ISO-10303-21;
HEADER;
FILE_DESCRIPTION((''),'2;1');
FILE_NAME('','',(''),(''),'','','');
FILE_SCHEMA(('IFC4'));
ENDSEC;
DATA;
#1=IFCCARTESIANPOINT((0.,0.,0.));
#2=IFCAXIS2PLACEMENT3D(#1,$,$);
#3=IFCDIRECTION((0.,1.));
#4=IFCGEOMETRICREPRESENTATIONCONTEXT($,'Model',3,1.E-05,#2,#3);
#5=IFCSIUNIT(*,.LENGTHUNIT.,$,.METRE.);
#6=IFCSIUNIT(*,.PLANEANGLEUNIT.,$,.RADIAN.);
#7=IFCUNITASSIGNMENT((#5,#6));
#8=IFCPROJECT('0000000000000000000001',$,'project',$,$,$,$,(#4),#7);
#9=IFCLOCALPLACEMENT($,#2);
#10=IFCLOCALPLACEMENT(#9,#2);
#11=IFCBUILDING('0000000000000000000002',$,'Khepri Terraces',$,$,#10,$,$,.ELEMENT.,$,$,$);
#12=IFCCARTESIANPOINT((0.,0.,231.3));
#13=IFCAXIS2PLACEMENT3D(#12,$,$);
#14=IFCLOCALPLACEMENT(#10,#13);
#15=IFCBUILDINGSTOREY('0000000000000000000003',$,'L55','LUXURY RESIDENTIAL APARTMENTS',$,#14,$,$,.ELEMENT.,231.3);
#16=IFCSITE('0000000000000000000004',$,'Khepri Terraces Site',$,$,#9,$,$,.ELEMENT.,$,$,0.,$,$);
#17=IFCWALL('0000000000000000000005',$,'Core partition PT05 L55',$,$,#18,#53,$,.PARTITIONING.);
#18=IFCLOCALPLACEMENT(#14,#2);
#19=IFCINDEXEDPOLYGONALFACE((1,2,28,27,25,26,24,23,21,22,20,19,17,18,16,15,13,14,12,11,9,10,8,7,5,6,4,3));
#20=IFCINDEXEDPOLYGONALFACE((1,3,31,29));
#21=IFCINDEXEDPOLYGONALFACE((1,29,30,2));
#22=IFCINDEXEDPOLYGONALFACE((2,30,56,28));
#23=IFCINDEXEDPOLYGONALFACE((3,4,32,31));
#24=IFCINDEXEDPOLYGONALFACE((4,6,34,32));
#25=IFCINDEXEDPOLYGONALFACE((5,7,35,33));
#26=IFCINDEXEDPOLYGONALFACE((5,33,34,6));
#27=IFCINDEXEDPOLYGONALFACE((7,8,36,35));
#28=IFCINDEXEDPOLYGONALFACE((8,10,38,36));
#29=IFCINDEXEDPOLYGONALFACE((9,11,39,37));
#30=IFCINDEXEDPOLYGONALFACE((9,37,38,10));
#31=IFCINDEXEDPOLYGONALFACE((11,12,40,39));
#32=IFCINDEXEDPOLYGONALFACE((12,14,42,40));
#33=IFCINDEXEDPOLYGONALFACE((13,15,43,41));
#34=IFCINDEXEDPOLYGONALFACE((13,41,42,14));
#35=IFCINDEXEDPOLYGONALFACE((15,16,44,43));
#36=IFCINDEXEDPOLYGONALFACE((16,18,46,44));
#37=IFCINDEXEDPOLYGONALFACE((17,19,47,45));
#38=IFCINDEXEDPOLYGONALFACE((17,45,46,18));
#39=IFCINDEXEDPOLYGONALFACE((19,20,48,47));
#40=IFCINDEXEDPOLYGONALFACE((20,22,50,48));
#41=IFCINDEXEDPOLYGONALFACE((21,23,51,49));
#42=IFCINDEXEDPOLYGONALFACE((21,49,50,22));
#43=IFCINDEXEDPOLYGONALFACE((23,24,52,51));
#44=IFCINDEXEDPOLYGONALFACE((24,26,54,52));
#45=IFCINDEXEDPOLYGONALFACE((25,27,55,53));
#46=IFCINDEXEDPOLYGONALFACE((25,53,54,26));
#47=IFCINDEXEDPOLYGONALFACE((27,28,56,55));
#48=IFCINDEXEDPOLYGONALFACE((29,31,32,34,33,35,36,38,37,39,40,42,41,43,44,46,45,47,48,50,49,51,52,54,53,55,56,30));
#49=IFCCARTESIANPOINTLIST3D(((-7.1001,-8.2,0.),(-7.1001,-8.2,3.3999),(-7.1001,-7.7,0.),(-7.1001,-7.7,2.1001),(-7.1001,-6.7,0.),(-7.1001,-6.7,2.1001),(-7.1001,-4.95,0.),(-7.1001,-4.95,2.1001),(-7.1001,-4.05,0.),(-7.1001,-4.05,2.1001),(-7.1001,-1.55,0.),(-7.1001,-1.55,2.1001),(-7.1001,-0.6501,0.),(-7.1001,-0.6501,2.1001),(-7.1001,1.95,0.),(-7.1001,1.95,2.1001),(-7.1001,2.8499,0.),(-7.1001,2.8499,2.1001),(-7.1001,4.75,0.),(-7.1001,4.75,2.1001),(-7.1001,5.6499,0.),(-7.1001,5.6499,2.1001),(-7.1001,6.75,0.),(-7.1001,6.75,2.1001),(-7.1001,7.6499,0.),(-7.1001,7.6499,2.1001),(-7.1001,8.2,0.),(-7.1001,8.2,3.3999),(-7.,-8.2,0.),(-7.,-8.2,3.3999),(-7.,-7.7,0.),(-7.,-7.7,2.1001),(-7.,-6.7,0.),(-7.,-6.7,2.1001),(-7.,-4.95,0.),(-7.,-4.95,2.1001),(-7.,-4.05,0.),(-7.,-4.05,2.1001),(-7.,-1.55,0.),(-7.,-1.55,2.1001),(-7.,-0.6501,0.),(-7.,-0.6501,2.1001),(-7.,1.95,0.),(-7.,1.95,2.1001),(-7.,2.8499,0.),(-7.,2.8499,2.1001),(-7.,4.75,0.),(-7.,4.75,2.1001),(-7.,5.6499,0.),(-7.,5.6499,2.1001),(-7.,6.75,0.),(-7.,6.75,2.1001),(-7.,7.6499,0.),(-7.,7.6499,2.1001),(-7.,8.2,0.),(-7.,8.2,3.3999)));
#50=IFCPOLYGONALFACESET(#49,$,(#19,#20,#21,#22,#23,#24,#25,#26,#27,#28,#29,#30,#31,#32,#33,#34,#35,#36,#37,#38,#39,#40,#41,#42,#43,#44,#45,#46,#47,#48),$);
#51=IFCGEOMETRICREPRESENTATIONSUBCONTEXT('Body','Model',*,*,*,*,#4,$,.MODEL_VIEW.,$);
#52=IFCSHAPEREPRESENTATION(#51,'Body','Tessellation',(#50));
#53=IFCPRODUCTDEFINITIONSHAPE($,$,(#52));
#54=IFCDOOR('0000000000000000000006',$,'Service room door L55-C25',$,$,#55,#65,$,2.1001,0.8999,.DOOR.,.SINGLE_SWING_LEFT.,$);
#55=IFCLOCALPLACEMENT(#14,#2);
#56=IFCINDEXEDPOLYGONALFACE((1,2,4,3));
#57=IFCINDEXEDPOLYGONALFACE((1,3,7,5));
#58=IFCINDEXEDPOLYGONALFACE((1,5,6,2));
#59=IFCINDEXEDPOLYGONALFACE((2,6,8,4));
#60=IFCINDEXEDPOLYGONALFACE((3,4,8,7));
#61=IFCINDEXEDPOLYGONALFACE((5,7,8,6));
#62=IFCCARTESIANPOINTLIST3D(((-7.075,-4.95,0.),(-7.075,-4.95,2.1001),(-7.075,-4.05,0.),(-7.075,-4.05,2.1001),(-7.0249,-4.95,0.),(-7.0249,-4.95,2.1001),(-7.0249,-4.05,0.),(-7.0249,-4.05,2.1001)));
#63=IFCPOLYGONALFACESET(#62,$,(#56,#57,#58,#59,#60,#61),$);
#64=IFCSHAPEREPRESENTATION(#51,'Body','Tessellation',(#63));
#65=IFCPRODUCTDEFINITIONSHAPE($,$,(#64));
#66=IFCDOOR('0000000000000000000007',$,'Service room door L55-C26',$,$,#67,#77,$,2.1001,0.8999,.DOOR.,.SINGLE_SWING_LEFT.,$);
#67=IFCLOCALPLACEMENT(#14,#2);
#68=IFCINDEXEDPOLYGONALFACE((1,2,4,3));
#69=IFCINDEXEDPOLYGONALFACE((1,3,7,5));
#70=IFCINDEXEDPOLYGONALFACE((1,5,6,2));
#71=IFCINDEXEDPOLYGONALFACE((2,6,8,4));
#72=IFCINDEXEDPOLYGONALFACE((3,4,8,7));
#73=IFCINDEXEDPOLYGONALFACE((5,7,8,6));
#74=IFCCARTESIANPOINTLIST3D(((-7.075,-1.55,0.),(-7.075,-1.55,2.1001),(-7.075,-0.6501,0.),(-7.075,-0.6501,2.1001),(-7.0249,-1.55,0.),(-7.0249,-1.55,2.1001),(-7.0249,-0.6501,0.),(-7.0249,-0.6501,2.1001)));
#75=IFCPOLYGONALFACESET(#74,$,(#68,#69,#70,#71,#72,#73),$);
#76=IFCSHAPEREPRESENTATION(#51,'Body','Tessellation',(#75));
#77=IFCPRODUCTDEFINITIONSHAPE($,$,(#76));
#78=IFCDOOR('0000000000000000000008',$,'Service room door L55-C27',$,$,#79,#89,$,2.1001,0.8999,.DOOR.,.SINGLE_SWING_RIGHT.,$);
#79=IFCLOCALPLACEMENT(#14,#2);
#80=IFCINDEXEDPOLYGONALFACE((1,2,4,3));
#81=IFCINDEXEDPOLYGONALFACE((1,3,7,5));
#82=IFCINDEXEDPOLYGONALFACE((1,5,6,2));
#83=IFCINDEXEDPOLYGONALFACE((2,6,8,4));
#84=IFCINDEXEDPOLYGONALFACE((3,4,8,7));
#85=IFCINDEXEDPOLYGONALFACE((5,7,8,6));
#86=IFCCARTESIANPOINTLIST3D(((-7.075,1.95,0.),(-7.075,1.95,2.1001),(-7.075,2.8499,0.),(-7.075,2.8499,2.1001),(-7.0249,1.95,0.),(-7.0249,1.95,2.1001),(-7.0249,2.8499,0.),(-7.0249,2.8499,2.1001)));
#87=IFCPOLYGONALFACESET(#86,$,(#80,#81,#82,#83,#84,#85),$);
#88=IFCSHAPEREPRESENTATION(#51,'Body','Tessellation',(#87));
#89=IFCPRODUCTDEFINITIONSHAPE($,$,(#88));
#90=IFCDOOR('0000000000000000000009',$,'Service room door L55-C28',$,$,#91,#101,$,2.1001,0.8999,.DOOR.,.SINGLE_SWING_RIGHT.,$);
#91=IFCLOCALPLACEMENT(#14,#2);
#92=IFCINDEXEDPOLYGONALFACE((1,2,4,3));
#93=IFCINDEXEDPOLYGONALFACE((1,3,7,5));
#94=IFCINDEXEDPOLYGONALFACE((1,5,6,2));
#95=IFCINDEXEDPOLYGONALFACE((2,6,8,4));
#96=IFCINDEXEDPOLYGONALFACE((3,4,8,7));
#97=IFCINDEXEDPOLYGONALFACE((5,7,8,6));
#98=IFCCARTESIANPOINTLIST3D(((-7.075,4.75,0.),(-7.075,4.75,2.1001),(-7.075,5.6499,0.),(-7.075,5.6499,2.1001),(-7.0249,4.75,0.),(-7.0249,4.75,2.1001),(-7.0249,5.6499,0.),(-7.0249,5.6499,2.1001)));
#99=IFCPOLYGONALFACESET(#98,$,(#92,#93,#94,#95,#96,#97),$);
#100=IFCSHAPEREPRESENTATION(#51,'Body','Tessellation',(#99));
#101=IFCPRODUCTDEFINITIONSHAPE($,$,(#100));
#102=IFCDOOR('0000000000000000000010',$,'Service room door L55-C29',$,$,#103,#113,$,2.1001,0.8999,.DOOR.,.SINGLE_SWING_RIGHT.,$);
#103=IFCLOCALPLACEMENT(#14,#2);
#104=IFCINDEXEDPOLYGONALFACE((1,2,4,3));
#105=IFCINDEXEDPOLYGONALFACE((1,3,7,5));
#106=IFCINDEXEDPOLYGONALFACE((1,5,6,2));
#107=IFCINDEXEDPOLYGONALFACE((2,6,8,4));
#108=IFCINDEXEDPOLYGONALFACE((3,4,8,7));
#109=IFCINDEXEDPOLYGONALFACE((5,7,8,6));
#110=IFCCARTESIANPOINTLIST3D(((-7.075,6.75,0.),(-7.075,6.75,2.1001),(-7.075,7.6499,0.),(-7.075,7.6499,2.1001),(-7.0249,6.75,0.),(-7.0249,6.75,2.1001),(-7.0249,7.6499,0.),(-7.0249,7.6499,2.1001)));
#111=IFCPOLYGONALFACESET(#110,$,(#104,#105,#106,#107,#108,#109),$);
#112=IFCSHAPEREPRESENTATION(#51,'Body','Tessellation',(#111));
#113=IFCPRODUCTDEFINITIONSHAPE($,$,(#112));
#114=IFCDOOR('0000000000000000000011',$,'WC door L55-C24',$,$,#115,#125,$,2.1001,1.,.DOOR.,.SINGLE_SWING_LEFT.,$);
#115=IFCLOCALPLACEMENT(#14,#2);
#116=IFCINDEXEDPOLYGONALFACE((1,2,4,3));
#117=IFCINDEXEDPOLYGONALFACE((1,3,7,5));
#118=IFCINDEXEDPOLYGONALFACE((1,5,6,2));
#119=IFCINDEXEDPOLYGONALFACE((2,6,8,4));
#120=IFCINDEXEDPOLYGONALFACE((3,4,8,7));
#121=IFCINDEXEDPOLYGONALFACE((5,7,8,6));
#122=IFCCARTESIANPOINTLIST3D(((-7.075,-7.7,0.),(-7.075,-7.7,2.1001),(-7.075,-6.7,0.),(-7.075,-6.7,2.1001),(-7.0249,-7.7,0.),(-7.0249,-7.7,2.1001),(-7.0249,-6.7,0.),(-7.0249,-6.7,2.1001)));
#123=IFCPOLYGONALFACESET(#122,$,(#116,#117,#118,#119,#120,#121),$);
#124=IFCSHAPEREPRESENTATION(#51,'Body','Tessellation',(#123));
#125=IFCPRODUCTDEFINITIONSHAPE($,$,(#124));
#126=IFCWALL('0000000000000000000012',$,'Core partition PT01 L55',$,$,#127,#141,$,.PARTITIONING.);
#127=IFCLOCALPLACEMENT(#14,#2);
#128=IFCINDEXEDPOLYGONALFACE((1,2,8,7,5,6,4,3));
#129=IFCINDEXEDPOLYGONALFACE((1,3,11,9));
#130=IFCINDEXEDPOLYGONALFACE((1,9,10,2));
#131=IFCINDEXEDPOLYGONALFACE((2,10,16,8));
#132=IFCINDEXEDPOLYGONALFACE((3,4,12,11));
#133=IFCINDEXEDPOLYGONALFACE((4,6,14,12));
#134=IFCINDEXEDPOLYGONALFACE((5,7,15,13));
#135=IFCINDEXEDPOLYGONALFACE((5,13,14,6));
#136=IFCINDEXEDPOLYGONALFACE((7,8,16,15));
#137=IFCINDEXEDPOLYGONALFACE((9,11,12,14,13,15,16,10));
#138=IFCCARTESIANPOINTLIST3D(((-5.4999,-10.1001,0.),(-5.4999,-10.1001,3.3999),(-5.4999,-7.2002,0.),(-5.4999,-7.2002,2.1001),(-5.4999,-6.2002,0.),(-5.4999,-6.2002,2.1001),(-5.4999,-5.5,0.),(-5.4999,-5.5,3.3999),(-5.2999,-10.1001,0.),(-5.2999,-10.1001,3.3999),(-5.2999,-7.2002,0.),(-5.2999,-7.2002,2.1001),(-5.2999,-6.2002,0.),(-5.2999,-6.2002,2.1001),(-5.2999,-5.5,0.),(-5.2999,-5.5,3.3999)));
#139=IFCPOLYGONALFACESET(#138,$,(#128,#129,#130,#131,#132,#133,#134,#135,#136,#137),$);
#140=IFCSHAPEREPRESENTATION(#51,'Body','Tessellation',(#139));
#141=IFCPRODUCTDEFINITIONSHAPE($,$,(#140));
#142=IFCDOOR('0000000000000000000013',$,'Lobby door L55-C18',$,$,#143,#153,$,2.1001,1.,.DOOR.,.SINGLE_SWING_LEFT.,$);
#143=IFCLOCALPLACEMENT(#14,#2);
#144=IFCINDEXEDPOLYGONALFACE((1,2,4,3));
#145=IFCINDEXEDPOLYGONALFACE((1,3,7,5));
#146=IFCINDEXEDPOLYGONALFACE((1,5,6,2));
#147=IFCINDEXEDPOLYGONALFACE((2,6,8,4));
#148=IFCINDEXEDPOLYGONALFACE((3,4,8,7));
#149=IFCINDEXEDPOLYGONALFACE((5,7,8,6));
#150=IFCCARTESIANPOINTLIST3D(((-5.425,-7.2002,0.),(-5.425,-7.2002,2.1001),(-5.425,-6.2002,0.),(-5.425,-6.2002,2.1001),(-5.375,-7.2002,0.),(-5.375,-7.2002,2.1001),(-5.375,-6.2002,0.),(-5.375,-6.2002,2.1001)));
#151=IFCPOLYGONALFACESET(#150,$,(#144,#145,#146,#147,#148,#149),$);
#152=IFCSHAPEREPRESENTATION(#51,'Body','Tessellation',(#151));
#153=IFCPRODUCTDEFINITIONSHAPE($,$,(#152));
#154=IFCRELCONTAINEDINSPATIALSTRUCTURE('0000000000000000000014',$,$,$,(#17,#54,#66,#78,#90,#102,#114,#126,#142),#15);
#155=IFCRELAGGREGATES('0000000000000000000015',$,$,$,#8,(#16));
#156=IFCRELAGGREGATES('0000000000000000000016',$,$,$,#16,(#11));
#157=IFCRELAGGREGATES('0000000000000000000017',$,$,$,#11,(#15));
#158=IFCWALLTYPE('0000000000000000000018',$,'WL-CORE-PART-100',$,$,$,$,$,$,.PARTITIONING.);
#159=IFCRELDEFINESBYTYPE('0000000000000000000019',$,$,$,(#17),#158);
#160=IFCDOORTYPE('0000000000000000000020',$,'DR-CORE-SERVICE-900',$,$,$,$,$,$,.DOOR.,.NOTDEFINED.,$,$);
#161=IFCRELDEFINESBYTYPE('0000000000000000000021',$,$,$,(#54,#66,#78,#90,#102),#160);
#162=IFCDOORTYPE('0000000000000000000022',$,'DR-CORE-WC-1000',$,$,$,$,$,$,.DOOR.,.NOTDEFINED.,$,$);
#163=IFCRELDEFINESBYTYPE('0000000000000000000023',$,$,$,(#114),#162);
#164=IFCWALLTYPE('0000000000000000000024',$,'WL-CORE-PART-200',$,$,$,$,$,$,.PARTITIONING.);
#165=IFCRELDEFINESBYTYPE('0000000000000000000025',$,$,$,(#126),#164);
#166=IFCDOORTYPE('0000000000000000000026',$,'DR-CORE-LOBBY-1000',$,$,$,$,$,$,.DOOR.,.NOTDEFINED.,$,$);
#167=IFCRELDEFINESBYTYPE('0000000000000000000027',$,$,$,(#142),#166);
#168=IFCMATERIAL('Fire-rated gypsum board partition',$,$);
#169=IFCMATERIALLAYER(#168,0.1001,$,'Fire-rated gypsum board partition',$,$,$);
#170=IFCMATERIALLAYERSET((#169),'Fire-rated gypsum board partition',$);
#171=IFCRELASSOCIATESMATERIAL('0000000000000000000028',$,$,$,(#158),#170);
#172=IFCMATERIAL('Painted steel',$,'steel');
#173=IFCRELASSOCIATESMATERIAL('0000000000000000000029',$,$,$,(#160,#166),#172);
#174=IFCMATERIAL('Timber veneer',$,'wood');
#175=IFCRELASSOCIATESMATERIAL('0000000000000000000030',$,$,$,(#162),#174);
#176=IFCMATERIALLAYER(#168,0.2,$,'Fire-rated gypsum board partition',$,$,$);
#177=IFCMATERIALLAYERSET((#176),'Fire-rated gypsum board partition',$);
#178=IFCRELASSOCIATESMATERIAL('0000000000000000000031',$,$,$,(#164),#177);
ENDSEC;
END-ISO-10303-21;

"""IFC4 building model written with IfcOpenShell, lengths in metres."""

from ifc_helpers import new_model, si_unit, direction, frame, frame_2d, origin, place, context, subcontext, project, spatial, rectangle, extrude, material, layer, layer_set, type_object, element, fill, save


model = new_model("IFC4")

# Units and contexts
model_context = context("Model", 3, precision=1e-05, world=origin(), true_north=direction((0.0, 1.0)))
body_context = subcontext(model_context, "Body", "Model", "MODEL_VIEW")
ifc_project = project(units=[si_unit("LENGTHUNIT", "METRE"), si_unit("PLANEANGLEUNIT", "RADIAN")], contexts=[model_context])

# Site, building, storey
site_placement = place(None, origin())
site = spatial("IfcSite", under=ifc_project, at=site_placement, Name="Khepri Terraces Site", CompositionType="ELEMENT", RefElevation=0.0)
building_placement = place(site_placement, origin())
building = spatial("IfcBuilding", under=site, at=building_placement, Name="Khepri Terraces", CompositionType="ELEMENT")
storey_placement = place(building_placement, frame((0.0, 0.0, 231.3)))
storey = spatial("IfcBuildingStorey", under=building, at=storey_placement, Name="L55", Description="LUXURY RESIDENTIAL APARTMENTS", CompositionType="ELEMENT", Elevation=231.3)

# Shared definitions
ifc_material_1 = material(Name="Painted steel", Category="steel")

# Wall, openings, doors
ifc_material_2 = material(Name="Fire-rated gypsum board partition")
ifc_layer_1 = layer(ifc_material_2, 0.1001, Name="Fire-rated gypsum board partition")
ifc_layer_set_1 = layer_set([ifc_layer_1], Name="Fire-rated gypsum board partition")
wall_type_1 = type_object("IfcWallType", Name="WL-CORE-PART-100", PredefinedType="PARTITIONING", material=ifc_layer_set_1)
wall_1_placement = place(storey_placement, frame((-7.05, -8.2, 0.0), z_axis=(0.0, 0.0, 1.0), x_axis=(0.0, 1.0, 0.0)))
wall_1 = element("IfcWall", 1, at=wall_1_placement, inside=storey, type_object=wall_type_1, Name="Core partition PT05 L55", PredefinedType="PARTITIONING", context=body_context, shape_type="SweptSolid", body=[
    extrude(rectangle(XDim=16.3999, YDim=0.1001, at=frame_2d((8.2, 0.0))), origin(), (0.0, 0.0, 1.0), 3.3999),
])
opening_1_placement = place(wall_1_placement, frame((0.5, 0.0, 0.0)))
opening_1 = element("IfcOpeningElement", 2, at=opening_1_placement, cuts=wall_1, PredefinedType="OPENING", context=body_context, shape_type="SweptSolid", body=[
    extrude(rectangle(XDim=1.0, YDim=2.1001, at=frame_2d((0.5, 1.05))), frame((0.0, 0.0601, 0.0), z_axis=(0.0, -1.0, 0.0), x_axis=(1.0, 0.0, 0.0)), (0.0, 0.0, 1.0), 0.1201),
])
opening_2_placement = place(wall_1_placement, frame((3.25, 0.0, 0.0)))
opening_2 = element("IfcOpeningElement", 3, at=opening_2_placement, cuts=wall_1, PredefinedType="OPENING", context=body_context, shape_type="SweptSolid", body=[
    extrude(rectangle(XDim=0.8999, YDim=2.1001, at=frame_2d((0.45, 1.05))), frame((0.0, 0.0601, 0.0), z_axis=(0.0, -1.0, 0.0), x_axis=(1.0, 0.0, 0.0)), (0.0, 0.0, 1.0), 0.1201),
])
opening_3_placement = place(wall_1_placement, frame((6.6499, 0.0, 0.0)))
opening_3 = element("IfcOpeningElement", 4, at=opening_3_placement, cuts=wall_1, PredefinedType="OPENING", context=body_context, shape_type="SweptSolid", body=[
    extrude(rectangle(XDim=0.8999, YDim=2.1001, at=frame_2d((0.45, 1.05))), frame((0.0, 0.0601, 0.0), z_axis=(0.0, -1.0, 0.0), x_axis=(1.0, 0.0, 0.0)), (0.0, 0.0, 1.0), 0.1201),
])
opening_4_placement = place(wall_1_placement, frame((10.1499, 0.0, 0.0)))
opening_4 = element("IfcOpeningElement", 5, at=opening_4_placement, cuts=wall_1, PredefinedType="OPENING", context=body_context, shape_type="SweptSolid", body=[
    extrude(rectangle(XDim=0.8999, YDim=2.1001, at=frame_2d((0.45, 1.05))), frame((0.0, 0.0601, 0.0), z_axis=(0.0, -1.0, 0.0), x_axis=(1.0, 0.0, 0.0)), (0.0, 0.0, 1.0), 0.1201),
])
opening_5_placement = place(wall_1_placement, frame((12.95, 0.0, 0.0)))
opening_5 = element("IfcOpeningElement", 6, at=opening_5_placement, cuts=wall_1, PredefinedType="OPENING", context=body_context, shape_type="SweptSolid", body=[
    extrude(rectangle(XDim=0.8999, YDim=2.1001, at=frame_2d((0.45, 1.05))), frame((0.0, 0.0601, 0.0), z_axis=(0.0, -1.0, 0.0), x_axis=(1.0, 0.0, 0.0)), (0.0, 0.0, 1.0), 0.1201),
])
opening_6_placement = place(wall_1_placement, frame((14.95, 0.0, 0.0)))
opening_6 = element("IfcOpeningElement", 7, at=opening_6_placement, cuts=wall_1, PredefinedType="OPENING", context=body_context, shape_type="SweptSolid", body=[
    extrude(rectangle(XDim=0.8999, YDim=2.1001, at=frame_2d((0.45, 1.05))), frame((0.0, 0.0601, 0.0), z_axis=(0.0, -1.0, 0.0), x_axis=(1.0, 0.0, 0.0)), (0.0, 0.0, 1.0), 0.1201),
])
door_type_1 = type_object("IfcDoorType", Name="DR-CORE-SERVICE-900", OperationType="NOTDEFINED", PredefinedType="DOOR", material=ifc_material_1)
door_1_placement = place(opening_2_placement, origin())
door_1 = element("IfcDoor", 8, at=door_1_placement, inside=storey, type_object=door_type_1, Name="Service room door L55-C25", OperationType="SINGLE_SWING_LEFT", OverallHeight=2.1001, OverallWidth=0.8999, PredefinedType="DOOR", context=body_context, shape_type="SweptSolid", body=[
    extrude(rectangle(XDim=0.8999, YDim=2.1001, at=frame_2d((0.45, 1.05))), frame((0.0, 0.0249, 0.0), z_axis=(0.0, -1.0, 0.0), x_axis=(1.0, 0.0, 0.0)), (0.0, 0.0, 1.0), 0.05),
])
fill(opening_2, door_1)
door_2_placement = place(opening_3_placement, origin())
door_2 = element("IfcDoor", 9, at=door_2_placement, inside=storey, type_object=door_type_1, Name="Service room door L55-C26", OperationType="SINGLE_SWING_LEFT", OverallHeight=2.1001, OverallWidth=0.8999, PredefinedType="DOOR", context=body_context, shape_type="SweptSolid", body=[
    extrude(rectangle(XDim=0.8999, YDim=2.1001, at=frame_2d((0.45, 1.05))), frame((0.0, 0.0249, 0.0), z_axis=(0.0, -1.0, 0.0), x_axis=(1.0, 0.0, 0.0)), (0.0, 0.0, 1.0), 0.05),
])
fill(opening_3, door_2)
door_3_placement = place(opening_4_placement, origin())
door_3 = element("IfcDoor", 10, at=door_3_placement, inside=storey, type_object=door_type_1, Name="Service room door L55-C27", OperationType="SINGLE_SWING_RIGHT", OverallHeight=2.1001, OverallWidth=0.8999, PredefinedType="DOOR", context=body_context, shape_type="SweptSolid", body=[
    extrude(rectangle(XDim=0.8999, YDim=2.1001, at=frame_2d((0.45, 1.05))), frame((0.0, 0.0249, 0.0), z_axis=(0.0, -1.0, 0.0), x_axis=(1.0, 0.0, 0.0)), (0.0, 0.0, 1.0), 0.05),
])
fill(opening_4, door_3)
door_4_placement = place(opening_5_placement, origin())
door_4 = element("IfcDoor", 11, at=door_4_placement, inside=storey, type_object=door_type_1, Name="Service room door L55-C28", OperationType="SINGLE_SWING_RIGHT", OverallHeight=2.1001, OverallWidth=0.8999, PredefinedType="DOOR", context=body_context, shape_type="SweptSolid", body=[
    extrude(rectangle(XDim=0.8999, YDim=2.1001, at=frame_2d((0.45, 1.05))), frame((0.0, 0.0249, 0.0), z_axis=(0.0, -1.0, 0.0), x_axis=(1.0, 0.0, 0.0)), (0.0, 0.0, 1.0), 0.05),
])
fill(opening_5, door_4)
door_5_placement = place(opening_6_placement, origin())
door_5 = element("IfcDoor", 12, at=door_5_placement, inside=storey, type_object=door_type_1, Name="Service room door L55-C29", OperationType="SINGLE_SWING_RIGHT", OverallHeight=2.1001, OverallWidth=0.8999, PredefinedType="DOOR", context=body_context, shape_type="SweptSolid", body=[
    extrude(rectangle(XDim=0.8999, YDim=2.1001, at=frame_2d((0.45, 1.05))), frame((0.0, 0.0249, 0.0), z_axis=(0.0, -1.0, 0.0), x_axis=(1.0, 0.0, 0.0)), (0.0, 0.0, 1.0), 0.05),
])
fill(opening_6, door_5)
ifc_material_3 = material(Name="Timber veneer", Category="wood")
door_type_2 = type_object("IfcDoorType", Name="DR-CORE-WC-1000", OperationType="NOTDEFINED", PredefinedType="DOOR", material=ifc_material_3)
door_6_placement = place(opening_1_placement, origin())
door_6 = element("IfcDoor", 13, at=door_6_placement, inside=storey, type_object=door_type_2, Name="WC door L55-C24", OperationType="SINGLE_SWING_LEFT", OverallHeight=2.1001, OverallWidth=1.0, PredefinedType="DOOR", context=body_context, shape_type="SweptSolid", body=[
    extrude(rectangle(XDim=1.0, YDim=2.1001, at=frame_2d((0.5, 1.05))), frame((0.0, 0.0249, 0.0), z_axis=(0.0, -1.0, 0.0), x_axis=(1.0, 0.0, 0.0)), (0.0, 0.0, 1.0), 0.05),
])
fill(opening_1, door_6)

# Wall, opening, door
ifc_layer_2 = layer(ifc_material_2, 0.2, Name="Fire-rated gypsum board partition")
ifc_layer_set_2 = layer_set([ifc_layer_2], Name="Fire-rated gypsum board partition")
wall_type_2 = type_object("IfcWallType", Name="WL-CORE-PART-200", PredefinedType="PARTITIONING", material=ifc_layer_set_2)
wall_2_placement = place(storey_placement, frame((-5.3999, -10.1001, 0.0), z_axis=(0.0, 0.0, 1.0), x_axis=(0.0, 1.0, 0.0)))
wall_2 = element("IfcWall", 14, at=wall_2_placement, inside=storey, type_object=wall_type_2, Name="Core partition PT01 L55", PredefinedType="PARTITIONING", context=body_context, shape_type="SweptSolid", body=[
    extrude(rectangle(XDim=4.6001, YDim=0.2, at=frame_2d((2.3, 0.0))), origin(), (0.0, 0.0, 1.0), 3.3999),
])
opening_7_placement = place(wall_2_placement, frame((2.8999, 0.0, 0.0)))
opening_7 = element("IfcOpeningElement", 15, at=opening_7_placement, cuts=wall_2, PredefinedType="OPENING", context=body_context, shape_type="SweptSolid", body=[
    extrude(rectangle(XDim=1.0, YDim=2.1001, at=frame_2d((0.5, 1.05))), frame((0.0, 0.1099, 0.0), z_axis=(0.0, -1.0, 0.0), x_axis=(1.0, 0.0, 0.0)), (0.0, 0.0, 1.0), 0.22),
])
door_type_3 = type_object("IfcDoorType", Name="DR-CORE-LOBBY-1000", OperationType="NOTDEFINED", PredefinedType="DOOR", material=ifc_material_1)
door_7_placement = place(opening_7_placement, frame((1.0, 0.0, 0.0), z_axis=(0.0, 0.0, 1.0), x_axis=(-1.0, 0.0, 0.0)))
door_7 = element("IfcDoor", 16, at=door_7_placement, inside=storey, type_object=door_type_3, Name="Lobby door L55-C18", OperationType="SINGLE_SWING_LEFT", OverallHeight=2.1001, OverallWidth=1.0, PredefinedType="DOOR", context=body_context, shape_type="SweptSolid", body=[
    extrude(rectangle(XDim=1.0, YDim=2.1001, at=frame_2d((0.5, 1.05))), frame((0.0, 0.0249, 0.0), z_axis=(0.0, -1.0, 0.0), x_axis=(1.0, 0.0, 0.0)), (0.0, 0.0, 1.0), 0.05),
])
fill(opening_7, door_7)

save(model, "model.ifc")
